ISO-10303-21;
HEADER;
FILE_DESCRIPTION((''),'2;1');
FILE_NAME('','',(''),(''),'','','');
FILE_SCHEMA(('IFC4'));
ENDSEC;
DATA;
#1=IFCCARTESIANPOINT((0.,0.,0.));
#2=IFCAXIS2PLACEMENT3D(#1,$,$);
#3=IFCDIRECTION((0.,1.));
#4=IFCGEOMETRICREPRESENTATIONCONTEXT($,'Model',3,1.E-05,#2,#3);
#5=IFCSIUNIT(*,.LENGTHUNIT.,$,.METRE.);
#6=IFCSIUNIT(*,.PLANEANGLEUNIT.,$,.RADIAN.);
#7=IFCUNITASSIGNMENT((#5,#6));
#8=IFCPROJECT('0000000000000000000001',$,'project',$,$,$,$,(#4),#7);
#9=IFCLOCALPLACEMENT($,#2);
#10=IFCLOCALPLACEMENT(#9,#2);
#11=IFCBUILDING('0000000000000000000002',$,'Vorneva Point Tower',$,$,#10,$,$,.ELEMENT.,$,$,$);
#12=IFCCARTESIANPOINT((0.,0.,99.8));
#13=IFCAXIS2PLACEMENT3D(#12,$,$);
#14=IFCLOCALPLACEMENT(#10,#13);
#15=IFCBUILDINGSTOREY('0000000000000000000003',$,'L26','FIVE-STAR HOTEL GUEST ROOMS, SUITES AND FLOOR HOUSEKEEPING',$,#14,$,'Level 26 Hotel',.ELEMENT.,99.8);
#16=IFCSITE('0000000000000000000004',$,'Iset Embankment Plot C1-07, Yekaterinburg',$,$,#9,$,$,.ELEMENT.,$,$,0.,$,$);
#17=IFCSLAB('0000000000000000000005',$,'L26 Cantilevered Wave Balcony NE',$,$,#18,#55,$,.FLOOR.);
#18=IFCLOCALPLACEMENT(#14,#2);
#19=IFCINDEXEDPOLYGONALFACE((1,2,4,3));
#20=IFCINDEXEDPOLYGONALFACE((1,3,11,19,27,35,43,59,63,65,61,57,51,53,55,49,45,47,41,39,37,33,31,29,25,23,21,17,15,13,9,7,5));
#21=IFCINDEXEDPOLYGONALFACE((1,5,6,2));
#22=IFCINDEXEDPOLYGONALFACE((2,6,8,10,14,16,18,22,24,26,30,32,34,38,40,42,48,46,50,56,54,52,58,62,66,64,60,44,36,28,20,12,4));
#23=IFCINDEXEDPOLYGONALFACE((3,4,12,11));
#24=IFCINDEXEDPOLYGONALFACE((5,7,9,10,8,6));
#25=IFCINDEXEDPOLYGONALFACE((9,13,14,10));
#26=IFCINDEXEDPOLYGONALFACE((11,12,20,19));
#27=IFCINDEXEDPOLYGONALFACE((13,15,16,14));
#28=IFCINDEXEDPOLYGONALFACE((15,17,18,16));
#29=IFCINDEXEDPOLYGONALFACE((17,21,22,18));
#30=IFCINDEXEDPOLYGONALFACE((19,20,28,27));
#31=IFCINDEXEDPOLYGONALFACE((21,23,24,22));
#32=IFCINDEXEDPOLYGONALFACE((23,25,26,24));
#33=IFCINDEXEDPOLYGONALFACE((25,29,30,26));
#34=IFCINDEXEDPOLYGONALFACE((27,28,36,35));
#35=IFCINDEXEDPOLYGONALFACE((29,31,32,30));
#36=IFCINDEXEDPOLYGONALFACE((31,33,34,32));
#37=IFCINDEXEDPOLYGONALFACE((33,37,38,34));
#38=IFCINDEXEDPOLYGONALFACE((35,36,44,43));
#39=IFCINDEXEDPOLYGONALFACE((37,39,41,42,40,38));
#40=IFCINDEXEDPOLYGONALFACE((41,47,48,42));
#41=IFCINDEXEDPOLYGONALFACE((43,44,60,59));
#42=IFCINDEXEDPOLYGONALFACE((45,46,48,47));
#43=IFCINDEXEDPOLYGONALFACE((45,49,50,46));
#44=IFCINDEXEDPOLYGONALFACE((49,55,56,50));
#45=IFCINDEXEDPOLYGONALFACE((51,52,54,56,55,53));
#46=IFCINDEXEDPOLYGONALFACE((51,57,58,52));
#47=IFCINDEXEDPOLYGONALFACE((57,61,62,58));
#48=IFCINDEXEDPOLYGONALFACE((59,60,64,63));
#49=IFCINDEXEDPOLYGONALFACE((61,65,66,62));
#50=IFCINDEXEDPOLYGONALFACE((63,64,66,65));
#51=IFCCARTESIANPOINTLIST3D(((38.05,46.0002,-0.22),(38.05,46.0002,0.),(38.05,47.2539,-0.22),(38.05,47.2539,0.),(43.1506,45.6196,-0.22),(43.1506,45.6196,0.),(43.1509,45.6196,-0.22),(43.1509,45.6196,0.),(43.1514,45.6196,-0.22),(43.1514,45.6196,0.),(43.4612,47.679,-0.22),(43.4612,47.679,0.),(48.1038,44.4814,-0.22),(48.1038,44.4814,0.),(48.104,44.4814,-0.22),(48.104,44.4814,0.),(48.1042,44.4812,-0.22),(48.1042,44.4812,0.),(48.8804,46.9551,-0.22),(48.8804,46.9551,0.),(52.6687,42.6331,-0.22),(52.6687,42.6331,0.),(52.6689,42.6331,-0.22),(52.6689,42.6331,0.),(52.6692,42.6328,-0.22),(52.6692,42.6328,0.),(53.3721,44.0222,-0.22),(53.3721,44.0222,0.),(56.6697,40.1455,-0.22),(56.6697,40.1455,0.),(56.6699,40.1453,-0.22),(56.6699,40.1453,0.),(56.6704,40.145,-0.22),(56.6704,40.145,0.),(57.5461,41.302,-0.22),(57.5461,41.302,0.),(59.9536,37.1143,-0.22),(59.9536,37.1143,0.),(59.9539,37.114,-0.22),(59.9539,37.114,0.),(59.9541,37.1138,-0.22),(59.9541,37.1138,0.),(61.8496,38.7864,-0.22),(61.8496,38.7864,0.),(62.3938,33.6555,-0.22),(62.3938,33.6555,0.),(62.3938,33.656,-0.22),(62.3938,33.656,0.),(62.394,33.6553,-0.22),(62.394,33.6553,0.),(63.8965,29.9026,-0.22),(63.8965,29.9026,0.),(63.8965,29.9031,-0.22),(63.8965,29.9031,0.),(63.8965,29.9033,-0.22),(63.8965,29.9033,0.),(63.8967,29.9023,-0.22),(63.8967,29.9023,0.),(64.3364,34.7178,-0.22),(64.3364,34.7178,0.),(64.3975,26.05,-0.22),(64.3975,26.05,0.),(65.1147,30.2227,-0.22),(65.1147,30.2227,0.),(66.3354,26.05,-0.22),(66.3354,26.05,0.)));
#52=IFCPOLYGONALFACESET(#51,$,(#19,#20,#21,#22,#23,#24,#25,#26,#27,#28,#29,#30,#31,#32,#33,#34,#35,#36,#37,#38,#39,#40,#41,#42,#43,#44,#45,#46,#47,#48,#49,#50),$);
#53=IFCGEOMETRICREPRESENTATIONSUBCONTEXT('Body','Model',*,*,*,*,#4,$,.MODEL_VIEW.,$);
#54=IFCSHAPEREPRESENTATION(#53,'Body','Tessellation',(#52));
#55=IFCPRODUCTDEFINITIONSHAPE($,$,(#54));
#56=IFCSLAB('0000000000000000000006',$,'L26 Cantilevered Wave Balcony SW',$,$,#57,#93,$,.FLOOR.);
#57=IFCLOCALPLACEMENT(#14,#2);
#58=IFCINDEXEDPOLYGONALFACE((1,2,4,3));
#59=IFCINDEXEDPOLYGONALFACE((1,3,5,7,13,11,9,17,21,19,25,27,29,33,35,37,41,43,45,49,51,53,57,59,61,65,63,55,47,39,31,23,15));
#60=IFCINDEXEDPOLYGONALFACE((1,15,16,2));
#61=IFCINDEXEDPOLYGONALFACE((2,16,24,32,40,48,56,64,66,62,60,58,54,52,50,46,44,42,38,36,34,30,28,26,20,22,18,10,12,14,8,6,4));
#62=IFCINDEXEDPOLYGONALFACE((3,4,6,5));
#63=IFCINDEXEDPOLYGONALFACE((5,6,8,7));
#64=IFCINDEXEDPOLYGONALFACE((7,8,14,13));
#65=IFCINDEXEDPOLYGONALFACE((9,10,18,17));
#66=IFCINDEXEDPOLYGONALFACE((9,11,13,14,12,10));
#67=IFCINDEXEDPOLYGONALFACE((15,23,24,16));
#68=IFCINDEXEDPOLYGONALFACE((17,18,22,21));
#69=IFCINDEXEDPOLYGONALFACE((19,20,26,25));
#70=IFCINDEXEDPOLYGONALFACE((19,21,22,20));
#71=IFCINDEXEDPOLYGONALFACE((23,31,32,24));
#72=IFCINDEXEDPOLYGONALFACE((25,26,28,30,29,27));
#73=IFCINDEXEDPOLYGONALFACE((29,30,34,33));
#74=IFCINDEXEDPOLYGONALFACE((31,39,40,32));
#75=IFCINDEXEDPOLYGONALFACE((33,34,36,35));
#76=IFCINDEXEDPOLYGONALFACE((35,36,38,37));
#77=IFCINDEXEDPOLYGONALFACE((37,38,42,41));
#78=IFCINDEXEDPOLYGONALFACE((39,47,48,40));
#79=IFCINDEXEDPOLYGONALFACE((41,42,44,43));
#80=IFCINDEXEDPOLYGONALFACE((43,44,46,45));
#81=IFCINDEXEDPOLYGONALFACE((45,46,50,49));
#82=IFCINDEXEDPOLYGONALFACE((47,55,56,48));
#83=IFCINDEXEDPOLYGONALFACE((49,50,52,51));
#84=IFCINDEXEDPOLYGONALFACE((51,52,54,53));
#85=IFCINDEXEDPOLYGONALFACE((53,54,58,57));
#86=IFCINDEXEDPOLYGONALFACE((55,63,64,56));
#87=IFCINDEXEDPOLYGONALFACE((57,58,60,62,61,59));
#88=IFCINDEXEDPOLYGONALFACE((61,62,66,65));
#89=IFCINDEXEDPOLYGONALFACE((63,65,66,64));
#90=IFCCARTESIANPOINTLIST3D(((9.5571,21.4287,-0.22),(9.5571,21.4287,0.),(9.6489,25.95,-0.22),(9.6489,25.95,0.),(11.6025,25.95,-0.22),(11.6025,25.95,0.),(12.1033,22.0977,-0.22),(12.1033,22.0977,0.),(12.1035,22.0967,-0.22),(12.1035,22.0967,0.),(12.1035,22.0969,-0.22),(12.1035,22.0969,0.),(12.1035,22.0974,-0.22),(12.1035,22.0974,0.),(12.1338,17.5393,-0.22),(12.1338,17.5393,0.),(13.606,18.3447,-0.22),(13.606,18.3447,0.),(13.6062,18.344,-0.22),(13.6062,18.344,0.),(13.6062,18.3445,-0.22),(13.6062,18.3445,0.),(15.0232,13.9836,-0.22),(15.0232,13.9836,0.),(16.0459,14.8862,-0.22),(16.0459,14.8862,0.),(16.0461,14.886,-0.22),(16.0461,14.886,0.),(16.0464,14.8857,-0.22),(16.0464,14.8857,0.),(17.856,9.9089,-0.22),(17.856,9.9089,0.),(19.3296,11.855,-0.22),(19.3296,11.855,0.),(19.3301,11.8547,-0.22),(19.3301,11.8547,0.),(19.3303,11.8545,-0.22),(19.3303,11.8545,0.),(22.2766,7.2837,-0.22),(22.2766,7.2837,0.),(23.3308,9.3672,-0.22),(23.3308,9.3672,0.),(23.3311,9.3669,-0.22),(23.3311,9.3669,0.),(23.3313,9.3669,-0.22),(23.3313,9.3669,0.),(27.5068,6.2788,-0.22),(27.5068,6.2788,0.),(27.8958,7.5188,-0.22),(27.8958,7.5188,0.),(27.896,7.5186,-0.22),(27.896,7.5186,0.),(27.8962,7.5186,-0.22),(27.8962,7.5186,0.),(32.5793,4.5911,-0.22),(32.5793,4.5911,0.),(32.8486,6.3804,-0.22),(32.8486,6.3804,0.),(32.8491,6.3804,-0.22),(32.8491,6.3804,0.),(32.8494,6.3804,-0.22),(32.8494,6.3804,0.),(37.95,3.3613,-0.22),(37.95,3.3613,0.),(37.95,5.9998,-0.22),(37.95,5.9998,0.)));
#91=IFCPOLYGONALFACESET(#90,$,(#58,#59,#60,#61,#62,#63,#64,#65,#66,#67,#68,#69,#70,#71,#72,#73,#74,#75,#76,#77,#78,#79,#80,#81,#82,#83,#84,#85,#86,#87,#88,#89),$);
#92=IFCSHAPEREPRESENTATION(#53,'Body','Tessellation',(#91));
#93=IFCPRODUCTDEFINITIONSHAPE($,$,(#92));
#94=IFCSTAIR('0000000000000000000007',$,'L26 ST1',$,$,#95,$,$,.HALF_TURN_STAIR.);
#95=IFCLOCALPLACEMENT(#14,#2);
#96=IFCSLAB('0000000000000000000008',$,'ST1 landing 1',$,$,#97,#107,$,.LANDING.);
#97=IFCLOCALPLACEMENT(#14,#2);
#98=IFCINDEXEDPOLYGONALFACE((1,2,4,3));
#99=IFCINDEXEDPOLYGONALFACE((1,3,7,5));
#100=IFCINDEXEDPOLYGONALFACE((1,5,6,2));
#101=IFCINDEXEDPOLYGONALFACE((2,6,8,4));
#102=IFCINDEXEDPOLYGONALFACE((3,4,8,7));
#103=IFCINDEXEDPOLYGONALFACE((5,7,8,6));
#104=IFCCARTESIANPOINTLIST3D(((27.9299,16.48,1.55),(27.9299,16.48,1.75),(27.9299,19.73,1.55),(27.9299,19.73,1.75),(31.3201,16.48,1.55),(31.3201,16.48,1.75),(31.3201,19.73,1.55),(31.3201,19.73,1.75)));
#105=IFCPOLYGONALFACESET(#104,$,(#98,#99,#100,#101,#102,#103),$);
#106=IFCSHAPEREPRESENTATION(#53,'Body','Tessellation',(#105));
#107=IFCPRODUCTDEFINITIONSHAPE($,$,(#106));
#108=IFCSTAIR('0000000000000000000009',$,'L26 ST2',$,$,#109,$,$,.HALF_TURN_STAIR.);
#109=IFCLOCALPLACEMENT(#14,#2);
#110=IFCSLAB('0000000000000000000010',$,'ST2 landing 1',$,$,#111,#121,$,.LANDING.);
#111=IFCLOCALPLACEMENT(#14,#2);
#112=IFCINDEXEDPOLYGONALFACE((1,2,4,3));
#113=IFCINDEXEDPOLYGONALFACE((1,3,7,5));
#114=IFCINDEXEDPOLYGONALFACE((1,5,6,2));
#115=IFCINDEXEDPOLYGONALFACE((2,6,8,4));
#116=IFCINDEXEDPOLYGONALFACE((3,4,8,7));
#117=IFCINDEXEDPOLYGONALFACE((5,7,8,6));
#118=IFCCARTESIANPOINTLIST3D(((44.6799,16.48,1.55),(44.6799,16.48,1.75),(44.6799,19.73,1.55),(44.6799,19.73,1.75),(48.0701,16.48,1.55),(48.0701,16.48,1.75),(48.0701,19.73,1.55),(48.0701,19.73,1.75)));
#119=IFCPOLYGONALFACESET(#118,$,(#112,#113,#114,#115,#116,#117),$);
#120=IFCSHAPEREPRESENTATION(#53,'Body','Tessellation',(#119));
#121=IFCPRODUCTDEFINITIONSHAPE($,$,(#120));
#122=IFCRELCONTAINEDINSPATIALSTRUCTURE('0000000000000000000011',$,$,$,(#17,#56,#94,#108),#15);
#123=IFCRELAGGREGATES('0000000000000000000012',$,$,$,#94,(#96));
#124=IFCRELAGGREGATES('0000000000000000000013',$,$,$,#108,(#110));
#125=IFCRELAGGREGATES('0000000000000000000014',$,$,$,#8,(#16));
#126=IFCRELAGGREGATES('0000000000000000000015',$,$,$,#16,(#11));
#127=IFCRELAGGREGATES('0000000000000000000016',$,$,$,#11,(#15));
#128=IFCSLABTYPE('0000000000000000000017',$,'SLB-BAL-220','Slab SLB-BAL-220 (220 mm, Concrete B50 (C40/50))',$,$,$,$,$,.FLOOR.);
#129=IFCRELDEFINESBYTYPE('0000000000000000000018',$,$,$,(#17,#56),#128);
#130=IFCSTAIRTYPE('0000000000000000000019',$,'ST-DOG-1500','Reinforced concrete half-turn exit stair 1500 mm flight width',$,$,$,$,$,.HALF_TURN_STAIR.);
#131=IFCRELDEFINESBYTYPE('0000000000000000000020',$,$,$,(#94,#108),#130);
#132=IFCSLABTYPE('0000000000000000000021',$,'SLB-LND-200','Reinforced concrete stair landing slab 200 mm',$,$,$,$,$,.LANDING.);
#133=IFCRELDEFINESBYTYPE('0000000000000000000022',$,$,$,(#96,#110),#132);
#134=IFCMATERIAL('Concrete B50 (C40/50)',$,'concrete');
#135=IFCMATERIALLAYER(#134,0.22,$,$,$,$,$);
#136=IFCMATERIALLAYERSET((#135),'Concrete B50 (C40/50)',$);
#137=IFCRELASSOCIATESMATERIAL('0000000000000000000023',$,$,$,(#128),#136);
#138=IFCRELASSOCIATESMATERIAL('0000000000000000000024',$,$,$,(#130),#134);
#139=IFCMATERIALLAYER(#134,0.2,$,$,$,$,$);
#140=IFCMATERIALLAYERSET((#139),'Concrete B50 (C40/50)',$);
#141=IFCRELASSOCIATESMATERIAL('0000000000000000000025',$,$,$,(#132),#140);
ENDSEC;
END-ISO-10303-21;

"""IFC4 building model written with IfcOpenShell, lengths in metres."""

from ifc_helpers import new_model, si_unit, direction, frame, origin, place, context, subcontext, project, spatial, polyline, outline, extrude, material, layer, layer_set, type_object, element, aggregate, save


model = new_model("IFC4")

# Units and contexts
model_context = context("Model", 3, precision=1e-05, world=origin(), true_north=direction((0.0, 1.0)))
body_context = subcontext(model_context, "Body", "Model", "MODEL_VIEW")
ifc_project = project(units=[si_unit("LENGTHUNIT", "METRE"), si_unit("PLANEANGLEUNIT", "RADIAN")], contexts=[model_context])

# Site, building, storey
site_placement = place(None, origin())
site = spatial("IfcSite", under=ifc_project, at=site_placement, Name="Iset Embankment Plot C1-07, Yekaterinburg", CompositionType="ELEMENT", RefElevation=0.0)
building_placement = place(site_placement, origin())
building = spatial("IfcBuilding", under=site, at=building_placement, Name="Vorneva Point Tower", CompositionType="ELEMENT")
storey_placement = place(building_placement, frame((0.0, 0.0, 99.8)))
storey = spatial("IfcBuildingStorey", under=building, at=storey_placement, Name="L26", Description="FIVE-STAR HOTEL GUEST ROOMS, SUITES AND FLOOR HOUSEKEEPING", LongName="Level 26 Hotel", CompositionType="ELEMENT", Elevation=99.8)

# Slabs
ifc_material_1 = material(Name="Concrete B50 (C40/50)", Category="concrete")
ifc_layer_1 = layer(ifc_material_1, 0.22)
ifc_layer_set_1 = layer_set([ifc_layer_1], Name="Concrete B50 (C40/50)")
slab_type_1 = type_object("IfcSlabType", Name="SLB-BAL-220", Description="Slab SLB-BAL-220 (220 mm, Concrete B50 (C40/50))", PredefinedType="FLOOR", material=ifc_layer_set_1)
slab_1_placement = place(storey_placement, frame((0.0, 0.0, -0.22)))
element("IfcSlab", 1, at=slab_1_placement, inside=storey, type_object=slab_type_1, Name="L26 Cantilevered Wave Balcony NE", PredefinedType="FLOOR", context=body_context, shape_type="SweptSolid", body=[
    extrude(outline(polyline([(38.05, 47.2539), (38.05, 46.0002), (43.1506, 45.6196), (43.1509, 45.6196), (43.1514, 45.6196), (48.1038, 44.4814), (48.104, 44.4814), (48.1042, 44.4812), (52.6687, 42.6331), (52.6689, 42.6331), (52.6692, 42.6328), (56.6697, 40.1455), (56.6699, 40.1453), (56.6704, 40.145), (59.9536, 37.1143), (59.9539, 37.114), (59.9541, 37.1138), (62.3938, 33.656), (62.3938, 33.6555), (62.394, 33.6553), (63.8965, 29.9033), (63.8965, 29.9031), (63.8965, 29.9026), (63.8967, 29.9023), (64.3975, 26.05), (66.3354, 26.05), (65.1147, 30.2227), (64.3364, 34.7178), (61.8496, 38.7864), (57.5461, 41.302), (53.3721, 44.0222), (48.8804, 46.9551), (43.4612, 47.679), (38.05, 47.2539)])), origin(), (0.0, 0.0, 1.0), 0.22),
])
slab_2_placement = place(storey_placement, frame((0.0, 0.0, -0.22)))
element("IfcSlab", 2, at=slab_2_placement, inside=storey, type_object=slab_type_1, Name="L26 Cantilevered Wave Balcony SW", PredefinedType="FLOOR", context=body_context, shape_type="SweptSolid", body=[
    extrude(outline(polyline([(37.95, 3.3613), (37.95, 5.9998), (32.8494, 6.3804), (32.8491, 6.3804), (32.8486, 6.3804), (27.8962, 7.5186), (27.896, 7.5186), (27.8958, 7.5188), (23.3313, 9.3669), (23.3311, 9.3669), (23.3308, 9.3672), (19.3303, 11.8545), (19.3301, 11.8547), (19.3296, 11.855), (16.0464, 14.8857), (16.0461, 14.886), (16.0459, 14.8862), (13.6062, 18.344), (13.6062, 18.3445), (13.606, 18.3447), (12.1035, 22.0967), (12.1035, 22.0969), (12.1035, 22.0974), (12.1033, 22.0977), (11.6025, 25.95), (9.6489, 25.95), (9.5571, 21.4287), (12.1338, 17.5393), (15.0232, 13.9836), (17.856, 9.9089), (22.2766, 7.2837), (27.5068, 6.2788), (32.5793, 4.5911), (37.95, 3.3613)])), origin(), (0.0, 0.0, 1.0), 0.22),
])

# Stairs, slabs
stair_type = type_object("IfcStairType", Name="ST-DOG-1500", Description="Reinforced concrete half-turn exit stair 1500 mm flight width", PredefinedType="HALF_TURN_STAIR", material=ifc_material_1)
stair_1_placement = place(storey_placement, origin())
stair_1 = element("IfcStair", 3, at=stair_1_placement, inside=storey, type_object=stair_type, Name="L26 ST1", PredefinedType="HALF_TURN_STAIR")
ifc_layer_2 = layer(ifc_material_1, 0.2)
ifc_layer_set_2 = layer_set([ifc_layer_2], Name="Concrete B50 (C40/50)")
slab_type_2 = type_object("IfcSlabType", Name="SLB-LND-200", Description="Reinforced concrete stair landing slab 200 mm", PredefinedType="LANDING", material=ifc_layer_set_2)
slab_3_placement = place(storey_placement, frame((0.0, 0.0, 1.55)))
slab_3 = element("IfcSlab", 4, at=slab_3_placement, type_object=slab_type_2, Name="ST1 landing 1", PredefinedType="LANDING", context=body_context, shape_type="SweptSolid", body=[
    extrude(outline(polyline([(27.9299, 16.48), (31.3201, 16.48), (31.3201, 19.73), (27.9299, 19.73), (27.9299, 16.48)])), origin(), (0.0, 0.0, 1.0), 0.2),
])
aggregate(stair_1, [slab_3])
stair_2_placement = place(storey_placement, origin())
stair_2 = element("IfcStair", 5, at=stair_2_placement, inside=storey, type_object=stair_type, Name="L26 ST2", PredefinedType="HALF_TURN_STAIR")
slab_4_placement = place(storey_placement, frame((0.0, 0.0, 1.55)))
slab_4 = element("IfcSlab", 6, at=slab_4_placement, type_object=slab_type_2, Name="ST2 landing 1", PredefinedType="LANDING", context=body_context, shape_type="SweptSolid", body=[
    extrude(outline(polyline([(44.6799, 16.48), (48.0701, 16.48), (48.0701, 19.73), (44.6799, 19.73), (44.6799, 16.48)])), origin(), (0.0, 0.0, 1.0), 0.2),
])
aggregate(stair_2, [slab_4])

save(model, "model.ifc")
